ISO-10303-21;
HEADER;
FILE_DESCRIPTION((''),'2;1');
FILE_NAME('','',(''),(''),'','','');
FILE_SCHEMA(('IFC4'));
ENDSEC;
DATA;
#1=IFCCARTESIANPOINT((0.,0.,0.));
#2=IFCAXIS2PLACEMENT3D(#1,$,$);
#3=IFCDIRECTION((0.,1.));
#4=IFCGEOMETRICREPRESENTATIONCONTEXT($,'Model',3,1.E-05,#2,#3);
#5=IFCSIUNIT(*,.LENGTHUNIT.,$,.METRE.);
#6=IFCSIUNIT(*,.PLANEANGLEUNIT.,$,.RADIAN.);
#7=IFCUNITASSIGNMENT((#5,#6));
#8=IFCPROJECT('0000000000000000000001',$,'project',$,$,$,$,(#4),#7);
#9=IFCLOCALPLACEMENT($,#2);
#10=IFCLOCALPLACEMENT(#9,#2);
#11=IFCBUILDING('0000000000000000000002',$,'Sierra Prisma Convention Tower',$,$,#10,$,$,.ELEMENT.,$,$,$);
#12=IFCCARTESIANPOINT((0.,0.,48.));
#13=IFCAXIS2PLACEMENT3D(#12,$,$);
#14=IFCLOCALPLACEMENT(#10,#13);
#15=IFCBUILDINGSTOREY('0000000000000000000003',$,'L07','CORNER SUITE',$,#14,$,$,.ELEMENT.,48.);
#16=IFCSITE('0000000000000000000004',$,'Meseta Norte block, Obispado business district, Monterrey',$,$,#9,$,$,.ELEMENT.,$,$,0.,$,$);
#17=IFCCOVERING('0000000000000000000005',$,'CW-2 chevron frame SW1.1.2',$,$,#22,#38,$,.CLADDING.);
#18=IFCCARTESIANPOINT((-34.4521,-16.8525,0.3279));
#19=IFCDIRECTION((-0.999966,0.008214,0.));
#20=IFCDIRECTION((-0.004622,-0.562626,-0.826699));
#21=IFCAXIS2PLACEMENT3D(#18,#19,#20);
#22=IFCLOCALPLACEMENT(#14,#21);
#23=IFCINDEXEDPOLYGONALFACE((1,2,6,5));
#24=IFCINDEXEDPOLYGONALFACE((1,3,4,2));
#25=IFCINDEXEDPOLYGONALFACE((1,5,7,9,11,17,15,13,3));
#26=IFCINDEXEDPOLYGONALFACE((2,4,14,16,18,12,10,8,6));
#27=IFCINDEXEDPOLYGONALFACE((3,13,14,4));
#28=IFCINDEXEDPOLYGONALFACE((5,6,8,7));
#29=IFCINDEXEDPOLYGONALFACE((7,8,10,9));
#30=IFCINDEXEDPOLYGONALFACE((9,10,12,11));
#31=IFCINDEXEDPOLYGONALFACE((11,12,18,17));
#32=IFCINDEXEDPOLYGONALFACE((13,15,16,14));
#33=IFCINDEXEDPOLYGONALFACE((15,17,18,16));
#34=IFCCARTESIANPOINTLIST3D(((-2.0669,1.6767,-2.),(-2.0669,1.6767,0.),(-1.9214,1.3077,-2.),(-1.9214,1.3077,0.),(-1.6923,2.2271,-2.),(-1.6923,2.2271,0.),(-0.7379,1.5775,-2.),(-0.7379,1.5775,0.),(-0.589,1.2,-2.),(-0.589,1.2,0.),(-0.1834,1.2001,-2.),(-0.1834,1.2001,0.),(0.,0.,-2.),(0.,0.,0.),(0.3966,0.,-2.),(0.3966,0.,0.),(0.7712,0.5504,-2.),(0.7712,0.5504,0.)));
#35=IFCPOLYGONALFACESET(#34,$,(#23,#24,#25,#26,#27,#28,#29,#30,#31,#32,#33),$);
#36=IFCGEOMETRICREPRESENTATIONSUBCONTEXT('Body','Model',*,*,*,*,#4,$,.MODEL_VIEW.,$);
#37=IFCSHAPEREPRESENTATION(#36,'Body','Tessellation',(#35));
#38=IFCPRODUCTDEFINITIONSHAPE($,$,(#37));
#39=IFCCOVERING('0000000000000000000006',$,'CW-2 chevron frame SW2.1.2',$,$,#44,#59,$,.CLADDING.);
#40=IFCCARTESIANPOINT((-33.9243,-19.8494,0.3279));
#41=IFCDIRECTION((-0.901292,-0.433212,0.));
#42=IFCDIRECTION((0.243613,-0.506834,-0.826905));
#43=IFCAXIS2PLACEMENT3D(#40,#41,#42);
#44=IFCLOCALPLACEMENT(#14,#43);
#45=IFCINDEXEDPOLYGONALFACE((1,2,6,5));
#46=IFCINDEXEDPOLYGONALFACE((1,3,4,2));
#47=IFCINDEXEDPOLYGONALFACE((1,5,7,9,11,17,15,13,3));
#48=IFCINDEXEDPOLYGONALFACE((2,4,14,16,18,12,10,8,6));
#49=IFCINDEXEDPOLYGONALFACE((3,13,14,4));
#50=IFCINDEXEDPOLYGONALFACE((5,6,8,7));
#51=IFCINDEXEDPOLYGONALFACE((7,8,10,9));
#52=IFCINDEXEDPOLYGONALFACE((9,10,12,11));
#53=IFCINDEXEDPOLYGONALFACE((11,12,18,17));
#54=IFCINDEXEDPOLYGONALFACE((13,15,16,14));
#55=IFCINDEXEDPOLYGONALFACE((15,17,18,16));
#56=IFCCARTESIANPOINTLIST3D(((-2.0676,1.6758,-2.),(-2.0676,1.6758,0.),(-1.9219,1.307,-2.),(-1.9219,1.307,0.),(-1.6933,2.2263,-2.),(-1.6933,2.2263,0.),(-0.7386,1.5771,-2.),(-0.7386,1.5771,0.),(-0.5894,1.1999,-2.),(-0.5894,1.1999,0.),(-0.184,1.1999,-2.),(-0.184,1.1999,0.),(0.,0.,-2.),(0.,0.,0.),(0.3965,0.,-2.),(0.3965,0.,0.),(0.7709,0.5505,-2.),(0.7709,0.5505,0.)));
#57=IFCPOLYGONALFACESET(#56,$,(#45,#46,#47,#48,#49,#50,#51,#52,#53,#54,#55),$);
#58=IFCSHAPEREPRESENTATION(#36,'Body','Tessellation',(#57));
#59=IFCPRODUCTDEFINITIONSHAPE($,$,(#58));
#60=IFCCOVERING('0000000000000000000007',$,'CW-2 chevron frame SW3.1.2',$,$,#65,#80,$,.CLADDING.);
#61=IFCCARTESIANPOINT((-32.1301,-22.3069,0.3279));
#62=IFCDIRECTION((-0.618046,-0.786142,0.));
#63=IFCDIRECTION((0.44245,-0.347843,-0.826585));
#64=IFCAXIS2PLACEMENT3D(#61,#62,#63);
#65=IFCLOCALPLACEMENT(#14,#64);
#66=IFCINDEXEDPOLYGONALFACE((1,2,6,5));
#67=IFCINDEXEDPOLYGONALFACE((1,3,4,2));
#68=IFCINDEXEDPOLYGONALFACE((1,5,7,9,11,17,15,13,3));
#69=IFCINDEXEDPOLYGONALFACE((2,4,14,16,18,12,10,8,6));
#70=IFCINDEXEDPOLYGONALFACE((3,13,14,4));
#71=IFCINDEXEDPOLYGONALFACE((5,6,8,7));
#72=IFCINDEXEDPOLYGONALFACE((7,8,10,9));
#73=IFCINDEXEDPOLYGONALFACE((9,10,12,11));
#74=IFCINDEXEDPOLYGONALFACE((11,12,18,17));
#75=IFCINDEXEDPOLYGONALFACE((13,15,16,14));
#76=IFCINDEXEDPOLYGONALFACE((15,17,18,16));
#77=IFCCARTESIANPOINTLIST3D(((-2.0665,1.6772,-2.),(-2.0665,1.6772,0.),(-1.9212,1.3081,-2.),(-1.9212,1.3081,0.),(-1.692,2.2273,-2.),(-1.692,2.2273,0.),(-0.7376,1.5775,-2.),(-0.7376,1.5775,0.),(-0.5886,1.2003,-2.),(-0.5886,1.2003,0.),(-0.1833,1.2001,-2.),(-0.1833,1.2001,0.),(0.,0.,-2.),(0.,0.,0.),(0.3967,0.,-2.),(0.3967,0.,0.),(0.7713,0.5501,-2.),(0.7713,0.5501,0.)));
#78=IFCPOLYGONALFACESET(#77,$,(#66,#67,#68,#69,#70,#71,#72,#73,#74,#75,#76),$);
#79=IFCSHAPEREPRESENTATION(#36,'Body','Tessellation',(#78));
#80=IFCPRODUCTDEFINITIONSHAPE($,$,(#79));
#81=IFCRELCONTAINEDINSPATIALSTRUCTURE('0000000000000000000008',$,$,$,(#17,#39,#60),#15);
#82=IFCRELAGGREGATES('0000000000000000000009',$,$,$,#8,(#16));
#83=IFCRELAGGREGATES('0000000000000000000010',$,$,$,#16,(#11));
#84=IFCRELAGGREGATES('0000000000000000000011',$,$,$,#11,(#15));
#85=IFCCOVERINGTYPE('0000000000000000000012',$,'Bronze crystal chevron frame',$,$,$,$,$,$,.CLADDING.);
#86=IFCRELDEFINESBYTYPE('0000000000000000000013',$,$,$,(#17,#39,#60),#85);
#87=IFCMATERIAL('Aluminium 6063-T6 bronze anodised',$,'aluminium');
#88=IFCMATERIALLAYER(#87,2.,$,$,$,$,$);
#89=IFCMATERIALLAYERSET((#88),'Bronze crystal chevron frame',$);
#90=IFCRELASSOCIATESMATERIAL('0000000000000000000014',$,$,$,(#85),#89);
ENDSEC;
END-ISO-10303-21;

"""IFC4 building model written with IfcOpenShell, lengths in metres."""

from ifc_helpers import new_model, si_unit, direction, frame, origin, place, context, subcontext, project, spatial, polyline, outline, extrude, material, layer, layer_set, type_object, element, save


model = new_model("IFC4")

# Units and contexts
model_context = context("Model", 3, precision=1e-05, world=origin(), true_north=direction((0.0, 1.0)))
body_context = subcontext(model_context, "Body", "Model", "MODEL_VIEW")
ifc_project = project(units=[si_unit("LENGTHUNIT", "METRE"), si_unit("PLANEANGLEUNIT", "RADIAN")], contexts=[model_context])

# Site, building, storey
site_placement = place(None, origin())
site = spatial("IfcSite", under=ifc_project, at=site_placement, Name="Meseta Norte block, Obispado business district, Monterrey", CompositionType="ELEMENT", RefElevation=0.0)
building_placement = place(site_placement, origin())
building = spatial("IfcBuilding", under=site, at=building_placement, Name="Sierra Prisma Convention Tower", CompositionType="ELEMENT")
storey_placement = place(building_placement, frame((0.0, 0.0, 48.0)))
storey = spatial("IfcBuildingStorey", under=building, at=storey_placement, Name="L07", Description="CORNER SUITE", CompositionType="ELEMENT", Elevation=48.0)

# Coverings
ifc_material_1 = material(Name="Aluminium 6063-T6 bronze anodised", Category="aluminium")
ifc_layer_1 = layer(ifc_material_1, 2.0)
ifc_layer_set_1 = layer_set([ifc_layer_1], Name="Bronze crystal chevron frame")
covering_type = type_object("IfcCoveringType", Name="Bronze crystal chevron frame", PredefinedType="CLADDING", material=ifc_layer_set_1)
covering_1_placement = place(storey_placement, frame((-34.4521, -16.8525, 0.3279), z_axis=(-0.999966, 0.008214, 0.0), x_axis=(-0.004622, -0.562626, -0.826699)))
element("IfcCovering", 1, at=covering_1_placement, inside=storey, type_object=covering_type, Name="CW-2 chevron frame SW1.1.2", PredefinedType="CLADDING", context=body_context, shape_type="SweptSolid", body=[
    extrude(outline(polyline([(0.0, 0.0), (0.3966, 0.0), (0.7712, 0.5504), (-0.1834, 1.2001), (-0.589, 1.2), (-0.7379, 1.5775), (-1.6923, 2.2271), (-2.0669, 1.6767), (-1.9214, 1.3077), (0.0, 0.0)])), origin(), (0.0, 0.0, -1.0), 2.0),
])
covering_2_placement = place(storey_placement, frame((-33.9243, -19.8494, 0.3279), z_axis=(-0.901292, -0.433212, 0.0), x_axis=(0.243613, -0.506834, -0.826905)))
element("IfcCovering", 2, at=covering_2_placement, inside=storey, type_object=covering_type, Name="CW-2 chevron frame SW2.1.2", PredefinedType="CLADDING", context=body_context, shape_type="SweptSolid", body=[
    extrude(outline(polyline([(0.0, 0.0), (0.3965, 0.0), (0.7709, 0.5505), (-0.184, 1.1999), (-0.5894, 1.1999), (-0.7386, 1.5771), (-1.6933, 2.2263), (-2.0676, 1.6758), (-1.9219, 1.307), (0.0, 0.0)])), origin(), (0.0, 0.0, -1.0), 2.0),
])
covering_3_placement = place(storey_placement, frame((-32.1301, -22.3069, 0.3279), z_axis=(-0.618046, -0.786142, 0.0), x_axis=(0.44245, -0.347843, -0.826585)))
element("IfcCovering", 3, at=covering_3_placement, inside=storey, type_object=covering_type, Name="CW-2 chevron frame SW3.1.2", PredefinedType="CLADDING", context=body_context, shape_type="SweptSolid", body=[
    extrude(outline(polyline([(0.0, 0.0), (0.3967, 0.0), (0.7713, 0.5501), (-0.1833, 1.2001), (-0.5886, 1.2003), (-0.7376, 1.5775), (-1.692, 2.2273), (-2.0665, 1.6772), (-1.9212, 1.3081), (0.0, 0.0)])), origin(), (0.0, 0.0, -1.0), 2.0),
])

save(model, "model.ifc")
